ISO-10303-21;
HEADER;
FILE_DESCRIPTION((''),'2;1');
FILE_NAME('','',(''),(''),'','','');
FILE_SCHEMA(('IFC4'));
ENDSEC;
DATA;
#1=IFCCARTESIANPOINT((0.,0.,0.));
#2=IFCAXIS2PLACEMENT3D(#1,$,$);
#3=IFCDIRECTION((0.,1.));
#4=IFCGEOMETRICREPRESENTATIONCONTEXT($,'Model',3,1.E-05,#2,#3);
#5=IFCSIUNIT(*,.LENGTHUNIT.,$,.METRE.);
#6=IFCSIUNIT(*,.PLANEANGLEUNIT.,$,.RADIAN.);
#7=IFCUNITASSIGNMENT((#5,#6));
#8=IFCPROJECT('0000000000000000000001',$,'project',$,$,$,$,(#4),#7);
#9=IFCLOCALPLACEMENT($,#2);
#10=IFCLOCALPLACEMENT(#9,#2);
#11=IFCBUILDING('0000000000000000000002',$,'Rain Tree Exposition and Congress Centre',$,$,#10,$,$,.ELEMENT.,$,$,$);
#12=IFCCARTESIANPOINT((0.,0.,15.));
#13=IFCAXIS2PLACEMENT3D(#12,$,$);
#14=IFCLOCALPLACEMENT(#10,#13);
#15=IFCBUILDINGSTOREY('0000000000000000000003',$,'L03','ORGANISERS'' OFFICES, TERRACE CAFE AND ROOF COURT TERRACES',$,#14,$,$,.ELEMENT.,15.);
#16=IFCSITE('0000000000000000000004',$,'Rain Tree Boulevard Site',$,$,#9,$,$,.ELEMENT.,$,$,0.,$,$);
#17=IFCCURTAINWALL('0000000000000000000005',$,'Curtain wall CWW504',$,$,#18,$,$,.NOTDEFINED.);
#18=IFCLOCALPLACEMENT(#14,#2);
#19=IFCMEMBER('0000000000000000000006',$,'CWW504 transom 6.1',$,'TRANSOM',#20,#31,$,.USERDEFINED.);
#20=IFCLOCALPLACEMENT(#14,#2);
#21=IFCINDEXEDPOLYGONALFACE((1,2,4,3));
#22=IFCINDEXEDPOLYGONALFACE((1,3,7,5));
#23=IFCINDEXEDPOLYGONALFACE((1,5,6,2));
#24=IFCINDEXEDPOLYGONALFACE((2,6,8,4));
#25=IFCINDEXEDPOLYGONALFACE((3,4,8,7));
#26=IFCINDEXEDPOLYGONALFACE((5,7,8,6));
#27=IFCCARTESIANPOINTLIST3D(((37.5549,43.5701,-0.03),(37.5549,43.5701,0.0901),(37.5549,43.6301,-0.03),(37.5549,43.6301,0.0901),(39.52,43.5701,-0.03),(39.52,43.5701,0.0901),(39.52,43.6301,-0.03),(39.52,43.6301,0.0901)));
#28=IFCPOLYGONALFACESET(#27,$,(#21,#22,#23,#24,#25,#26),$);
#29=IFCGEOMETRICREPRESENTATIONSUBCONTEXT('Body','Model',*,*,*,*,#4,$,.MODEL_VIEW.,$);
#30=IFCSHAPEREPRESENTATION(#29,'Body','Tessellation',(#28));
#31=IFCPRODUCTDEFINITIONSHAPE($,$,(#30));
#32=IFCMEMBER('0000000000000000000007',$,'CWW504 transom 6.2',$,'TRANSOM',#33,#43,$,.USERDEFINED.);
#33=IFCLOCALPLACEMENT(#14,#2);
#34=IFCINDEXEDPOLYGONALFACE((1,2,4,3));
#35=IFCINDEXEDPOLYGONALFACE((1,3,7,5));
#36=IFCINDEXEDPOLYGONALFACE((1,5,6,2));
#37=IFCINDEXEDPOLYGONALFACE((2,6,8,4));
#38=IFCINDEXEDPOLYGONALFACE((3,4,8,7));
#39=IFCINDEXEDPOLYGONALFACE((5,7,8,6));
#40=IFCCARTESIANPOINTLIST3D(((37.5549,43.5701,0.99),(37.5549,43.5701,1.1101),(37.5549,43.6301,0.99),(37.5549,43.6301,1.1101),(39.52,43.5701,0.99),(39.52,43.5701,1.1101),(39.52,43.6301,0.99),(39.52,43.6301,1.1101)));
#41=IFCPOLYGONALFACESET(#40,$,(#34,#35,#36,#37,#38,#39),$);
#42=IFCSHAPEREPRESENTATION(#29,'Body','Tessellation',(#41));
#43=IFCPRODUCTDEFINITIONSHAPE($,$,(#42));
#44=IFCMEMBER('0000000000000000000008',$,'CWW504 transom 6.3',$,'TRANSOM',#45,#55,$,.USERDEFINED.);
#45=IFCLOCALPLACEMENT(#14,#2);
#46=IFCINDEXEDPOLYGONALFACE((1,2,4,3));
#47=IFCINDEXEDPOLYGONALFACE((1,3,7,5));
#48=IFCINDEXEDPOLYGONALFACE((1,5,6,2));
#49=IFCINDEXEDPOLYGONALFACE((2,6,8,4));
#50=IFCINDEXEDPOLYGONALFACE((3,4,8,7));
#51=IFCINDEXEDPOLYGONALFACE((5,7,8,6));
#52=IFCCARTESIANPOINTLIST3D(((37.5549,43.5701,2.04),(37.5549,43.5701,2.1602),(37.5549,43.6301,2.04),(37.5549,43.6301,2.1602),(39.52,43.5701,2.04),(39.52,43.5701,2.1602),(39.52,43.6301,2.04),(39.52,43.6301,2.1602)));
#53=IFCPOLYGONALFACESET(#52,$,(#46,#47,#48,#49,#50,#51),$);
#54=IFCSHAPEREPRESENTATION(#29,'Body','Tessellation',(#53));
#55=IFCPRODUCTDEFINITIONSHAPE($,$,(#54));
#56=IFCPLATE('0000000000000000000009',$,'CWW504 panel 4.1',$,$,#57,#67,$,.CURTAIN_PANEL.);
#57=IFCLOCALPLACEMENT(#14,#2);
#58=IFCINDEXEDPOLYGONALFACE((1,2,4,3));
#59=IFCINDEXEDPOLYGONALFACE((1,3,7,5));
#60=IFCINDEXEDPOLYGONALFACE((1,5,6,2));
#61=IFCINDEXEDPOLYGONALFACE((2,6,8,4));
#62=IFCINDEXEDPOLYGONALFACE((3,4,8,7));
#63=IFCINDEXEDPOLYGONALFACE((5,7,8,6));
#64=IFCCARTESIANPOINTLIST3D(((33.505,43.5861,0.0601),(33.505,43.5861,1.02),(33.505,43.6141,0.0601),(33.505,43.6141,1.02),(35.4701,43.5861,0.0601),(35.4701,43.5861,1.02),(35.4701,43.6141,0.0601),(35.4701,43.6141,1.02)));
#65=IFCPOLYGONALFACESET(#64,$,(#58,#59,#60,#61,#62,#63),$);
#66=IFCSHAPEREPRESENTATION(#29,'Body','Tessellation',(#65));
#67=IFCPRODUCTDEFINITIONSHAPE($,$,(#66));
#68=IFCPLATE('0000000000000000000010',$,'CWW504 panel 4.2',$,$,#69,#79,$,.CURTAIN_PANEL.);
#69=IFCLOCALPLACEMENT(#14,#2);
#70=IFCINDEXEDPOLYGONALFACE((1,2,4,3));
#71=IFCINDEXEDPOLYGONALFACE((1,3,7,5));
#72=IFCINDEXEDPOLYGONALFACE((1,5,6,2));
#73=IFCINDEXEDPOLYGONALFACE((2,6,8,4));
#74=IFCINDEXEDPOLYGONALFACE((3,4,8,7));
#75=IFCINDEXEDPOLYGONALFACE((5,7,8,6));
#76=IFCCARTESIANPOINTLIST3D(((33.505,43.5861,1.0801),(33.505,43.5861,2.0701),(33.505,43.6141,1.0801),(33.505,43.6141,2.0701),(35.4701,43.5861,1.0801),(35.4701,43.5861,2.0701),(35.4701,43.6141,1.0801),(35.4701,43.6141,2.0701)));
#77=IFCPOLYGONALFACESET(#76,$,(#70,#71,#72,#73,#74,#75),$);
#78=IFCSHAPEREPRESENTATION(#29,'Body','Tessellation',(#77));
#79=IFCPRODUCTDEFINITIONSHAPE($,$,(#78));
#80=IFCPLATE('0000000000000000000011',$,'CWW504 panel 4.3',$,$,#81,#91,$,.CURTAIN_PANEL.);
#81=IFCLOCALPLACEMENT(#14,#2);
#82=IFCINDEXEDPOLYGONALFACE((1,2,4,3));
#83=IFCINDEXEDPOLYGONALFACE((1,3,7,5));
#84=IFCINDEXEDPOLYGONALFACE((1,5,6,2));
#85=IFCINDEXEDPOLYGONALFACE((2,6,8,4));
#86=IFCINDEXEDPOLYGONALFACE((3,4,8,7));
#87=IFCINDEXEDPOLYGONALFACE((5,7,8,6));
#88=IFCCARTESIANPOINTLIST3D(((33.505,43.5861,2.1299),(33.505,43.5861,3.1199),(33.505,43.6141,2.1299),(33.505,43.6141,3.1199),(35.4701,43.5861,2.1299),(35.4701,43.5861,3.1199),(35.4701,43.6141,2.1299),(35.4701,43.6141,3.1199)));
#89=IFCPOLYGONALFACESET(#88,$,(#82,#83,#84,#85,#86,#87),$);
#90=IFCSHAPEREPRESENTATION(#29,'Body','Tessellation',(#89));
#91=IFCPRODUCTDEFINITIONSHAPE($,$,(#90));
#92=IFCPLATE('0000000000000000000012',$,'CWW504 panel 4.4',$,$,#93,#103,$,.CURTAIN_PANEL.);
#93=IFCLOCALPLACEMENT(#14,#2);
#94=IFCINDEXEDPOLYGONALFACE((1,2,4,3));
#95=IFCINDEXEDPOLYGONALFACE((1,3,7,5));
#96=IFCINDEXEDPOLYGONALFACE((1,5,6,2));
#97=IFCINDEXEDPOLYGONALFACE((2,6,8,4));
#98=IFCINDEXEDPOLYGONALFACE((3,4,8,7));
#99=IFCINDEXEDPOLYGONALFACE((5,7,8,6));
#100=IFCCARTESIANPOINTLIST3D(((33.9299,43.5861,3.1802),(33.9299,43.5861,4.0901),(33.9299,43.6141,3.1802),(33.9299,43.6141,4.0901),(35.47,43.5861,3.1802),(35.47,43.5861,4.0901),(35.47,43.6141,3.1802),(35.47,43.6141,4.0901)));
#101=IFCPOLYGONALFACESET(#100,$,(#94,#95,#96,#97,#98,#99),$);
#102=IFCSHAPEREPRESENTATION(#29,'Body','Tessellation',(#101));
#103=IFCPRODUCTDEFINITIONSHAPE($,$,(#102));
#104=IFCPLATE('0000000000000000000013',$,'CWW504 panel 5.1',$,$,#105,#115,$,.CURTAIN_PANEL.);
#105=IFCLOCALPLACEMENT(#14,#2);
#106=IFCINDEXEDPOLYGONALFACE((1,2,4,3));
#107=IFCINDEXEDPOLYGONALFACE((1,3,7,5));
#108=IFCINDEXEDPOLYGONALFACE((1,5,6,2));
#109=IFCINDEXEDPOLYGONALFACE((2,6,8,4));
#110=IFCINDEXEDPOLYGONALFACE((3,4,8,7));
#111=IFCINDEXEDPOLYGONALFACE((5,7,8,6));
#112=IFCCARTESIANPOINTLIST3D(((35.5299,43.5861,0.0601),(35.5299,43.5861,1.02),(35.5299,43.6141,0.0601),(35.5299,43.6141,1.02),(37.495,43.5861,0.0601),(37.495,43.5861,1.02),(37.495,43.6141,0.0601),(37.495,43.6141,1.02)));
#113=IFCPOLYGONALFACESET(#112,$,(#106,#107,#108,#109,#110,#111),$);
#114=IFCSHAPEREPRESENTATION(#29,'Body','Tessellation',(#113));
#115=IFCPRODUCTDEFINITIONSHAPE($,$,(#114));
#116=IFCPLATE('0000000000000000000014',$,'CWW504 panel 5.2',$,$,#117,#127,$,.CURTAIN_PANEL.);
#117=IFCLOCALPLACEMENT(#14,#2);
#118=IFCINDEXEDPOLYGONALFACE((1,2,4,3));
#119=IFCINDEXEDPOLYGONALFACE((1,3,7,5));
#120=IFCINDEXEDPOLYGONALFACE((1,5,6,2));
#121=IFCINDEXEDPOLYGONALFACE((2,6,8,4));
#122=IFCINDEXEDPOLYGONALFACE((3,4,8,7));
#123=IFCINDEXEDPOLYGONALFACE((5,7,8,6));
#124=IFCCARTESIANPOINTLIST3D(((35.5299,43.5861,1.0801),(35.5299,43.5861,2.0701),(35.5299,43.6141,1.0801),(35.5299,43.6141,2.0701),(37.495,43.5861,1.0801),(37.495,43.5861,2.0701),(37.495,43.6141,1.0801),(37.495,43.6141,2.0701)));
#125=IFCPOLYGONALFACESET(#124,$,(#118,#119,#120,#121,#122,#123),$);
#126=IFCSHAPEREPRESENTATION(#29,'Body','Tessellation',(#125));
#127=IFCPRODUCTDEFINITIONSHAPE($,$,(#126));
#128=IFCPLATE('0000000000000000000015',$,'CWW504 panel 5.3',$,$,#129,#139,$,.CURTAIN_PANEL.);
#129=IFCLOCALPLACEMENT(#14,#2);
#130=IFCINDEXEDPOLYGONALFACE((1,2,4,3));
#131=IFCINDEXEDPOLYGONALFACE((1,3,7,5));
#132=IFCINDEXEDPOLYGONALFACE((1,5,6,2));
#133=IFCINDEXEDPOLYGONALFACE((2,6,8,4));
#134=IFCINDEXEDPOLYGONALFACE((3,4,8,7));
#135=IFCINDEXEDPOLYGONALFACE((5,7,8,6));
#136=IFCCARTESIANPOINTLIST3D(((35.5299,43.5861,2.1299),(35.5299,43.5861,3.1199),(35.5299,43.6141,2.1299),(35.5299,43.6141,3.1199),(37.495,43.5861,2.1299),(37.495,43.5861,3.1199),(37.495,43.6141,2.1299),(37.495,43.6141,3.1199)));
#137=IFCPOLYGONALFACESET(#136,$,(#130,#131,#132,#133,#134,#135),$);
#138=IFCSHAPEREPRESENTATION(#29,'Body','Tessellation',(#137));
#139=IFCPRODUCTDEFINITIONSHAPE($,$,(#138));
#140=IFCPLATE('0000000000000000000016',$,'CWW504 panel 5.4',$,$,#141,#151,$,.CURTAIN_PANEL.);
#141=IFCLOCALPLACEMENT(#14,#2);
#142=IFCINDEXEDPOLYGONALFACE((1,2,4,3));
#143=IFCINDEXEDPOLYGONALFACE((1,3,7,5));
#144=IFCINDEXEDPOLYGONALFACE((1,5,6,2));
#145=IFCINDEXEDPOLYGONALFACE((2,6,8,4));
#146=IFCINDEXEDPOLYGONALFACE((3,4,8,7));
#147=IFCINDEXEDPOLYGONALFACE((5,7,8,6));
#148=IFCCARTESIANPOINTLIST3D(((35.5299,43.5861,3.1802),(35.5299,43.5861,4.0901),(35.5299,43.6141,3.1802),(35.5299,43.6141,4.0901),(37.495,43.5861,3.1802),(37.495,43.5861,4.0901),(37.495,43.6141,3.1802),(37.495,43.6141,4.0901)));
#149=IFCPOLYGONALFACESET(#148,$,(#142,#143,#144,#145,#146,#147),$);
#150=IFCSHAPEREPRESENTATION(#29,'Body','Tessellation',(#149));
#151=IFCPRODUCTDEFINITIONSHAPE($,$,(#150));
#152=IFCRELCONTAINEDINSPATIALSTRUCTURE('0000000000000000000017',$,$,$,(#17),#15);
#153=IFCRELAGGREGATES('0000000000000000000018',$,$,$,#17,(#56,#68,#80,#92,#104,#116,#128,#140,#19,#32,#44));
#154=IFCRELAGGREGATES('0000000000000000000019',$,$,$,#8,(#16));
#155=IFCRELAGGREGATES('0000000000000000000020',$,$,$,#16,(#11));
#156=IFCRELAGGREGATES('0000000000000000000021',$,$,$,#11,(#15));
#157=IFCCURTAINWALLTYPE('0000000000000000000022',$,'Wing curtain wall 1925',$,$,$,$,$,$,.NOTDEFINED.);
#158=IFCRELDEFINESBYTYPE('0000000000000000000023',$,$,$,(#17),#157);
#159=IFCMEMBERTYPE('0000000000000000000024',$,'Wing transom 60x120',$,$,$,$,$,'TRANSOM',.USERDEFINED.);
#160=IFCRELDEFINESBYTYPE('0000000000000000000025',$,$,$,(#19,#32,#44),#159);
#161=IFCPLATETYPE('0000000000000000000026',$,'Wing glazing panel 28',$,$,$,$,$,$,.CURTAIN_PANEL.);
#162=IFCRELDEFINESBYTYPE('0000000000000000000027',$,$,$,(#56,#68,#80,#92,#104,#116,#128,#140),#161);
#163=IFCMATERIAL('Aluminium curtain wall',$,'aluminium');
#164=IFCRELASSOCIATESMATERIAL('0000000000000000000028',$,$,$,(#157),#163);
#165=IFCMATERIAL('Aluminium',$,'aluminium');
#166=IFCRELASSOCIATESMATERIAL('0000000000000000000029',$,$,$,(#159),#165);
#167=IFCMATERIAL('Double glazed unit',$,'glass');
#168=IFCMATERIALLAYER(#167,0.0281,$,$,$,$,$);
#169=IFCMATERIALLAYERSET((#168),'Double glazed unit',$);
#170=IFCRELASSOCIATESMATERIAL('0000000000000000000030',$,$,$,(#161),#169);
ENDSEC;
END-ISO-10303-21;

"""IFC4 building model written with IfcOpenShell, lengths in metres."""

from ifc_helpers import new_model, si_unit, direction, frame, origin, origin_2d, place, context, subcontext, project, spatial, rectangle, extrude, material, layer, layer_set, material_profile, profile_set, type_object, element, aggregate, save


model = new_model("IFC4")

# Units and contexts
model_context = context("Model", 3, precision=1e-05, world=origin(), true_north=direction((0.0, 1.0)))
body_context = subcontext(model_context, "Body", "Model", "MODEL_VIEW")
ifc_project = project(units=[si_unit("LENGTHUNIT", "METRE"), si_unit("PLANEANGLEUNIT", "RADIAN")], contexts=[model_context])

# Site, building, storey
site_placement = place(None, origin())
site = spatial("IfcSite", under=ifc_project, at=site_placement, Name="Rain Tree Boulevard Site", CompositionType="ELEMENT", RefElevation=0.0)
building_placement = place(site_placement, origin())
building = spatial("IfcBuilding", under=site, at=building_placement, Name="Rain Tree Exposition and Congress Centre", CompositionType="ELEMENT")
storey_placement = place(building_placement, frame((0.0, 0.0, 15.0)))
storey = spatial("IfcBuildingStorey", under=building, at=storey_placement, Name="L03", Description="ORGANISERS' OFFICES, TERRACE CAFE AND ROOF COURT TERRACES", CompositionType="ELEMENT", Elevation=15.0)

# Curtain wall, members, plates
ifc_material_1 = material(Name="Aluminium curtain wall", Category="aluminium")
curtain_wall_type = type_object("IfcCurtainWallType", Name="Wing curtain wall 1925", PredefinedType="NOTDEFINED", material=ifc_material_1)
curtain_wall_placement = place(storey_placement, origin())
curtain_wall = element("IfcCurtainWall", 1, at=curtain_wall_placement, inside=storey, type_object=curtain_wall_type, Name="Curtain wall CWW504", PredefinedType="NOTDEFINED")
ifc_material_2 = material(Name="Aluminium", Category="aluminium")
ifc_material_profile_1 = material_profile(ifc_material_2, rectangle(XDim=0.0601, YDim=0.1201, at=origin_2d()), Name="Aluminium 60x120")
ifc_profile_set_1 = profile_set([ifc_material_profile_1], Name="Aluminium")
member_type_1 = type_object("IfcMemberType", Name="Wing transom 60x120", ElementType="TRANSOM", PredefinedType="USERDEFINED", material=ifc_profile_set_1)
member_1_placement = place(storey_placement, frame((37.5549, 43.6001, 0.03), z_axis=(1.0, 0.0, 0.0), x_axis=(0.0, 1.0, 0.0)))
member_1 = element("IfcMember", 2, at=member_1_placement, type_object=member_type_1, Name="CWW504 transom 6.1", ObjectType="TRANSOM", PredefinedType="USERDEFINED", context=body_context, shape_type="SweptSolid", body=[
    extrude(rectangle(XDim=0.0601, YDim=0.1201, at=origin_2d()), origin(), (0.0, 0.0, 1.0), 1.9651),
])
member_2_placement = place(storey_placement, frame((37.5549, 43.6001, 1.05), z_axis=(1.0, 0.0, 0.0), x_axis=(0.0, 1.0, 0.0)))
member_2 = element("IfcMember", 3, at=member_2_placement, type_object=member_type_1, Name="CWW504 transom 6.2", ObjectType="TRANSOM", PredefinedType="USERDEFINED", context=body_context, shape_type="SweptSolid", body=[
    extrude(rectangle(XDim=0.0601, YDim=0.1201, at=origin_2d()), origin(), (0.0, 0.0, 1.0), 1.9651),
])
member_3_placement = place(storey_placement, frame((37.5549, 43.6001, 2.1001), z_axis=(1.0, 0.0, 0.0), x_axis=(0.0, 1.0, 0.0)))
member_3 = element("IfcMember", 4, at=member_3_placement, type_object=member_type_1, Name="CWW504 transom 6.3", ObjectType="TRANSOM", PredefinedType="USERDEFINED", context=body_context, shape_type="SweptSolid", body=[
    extrude(rectangle(XDim=0.0601, YDim=0.1201, at=origin_2d()), origin(), (0.0, 0.0, 1.0), 1.9651),
])
ifc_material_3 = material(Name="Double glazed unit", Category="glass")
ifc_layer = layer(ifc_material_3, 0.0281)
ifc_layer_set = layer_set([ifc_layer], Name="Double glazed unit")
plate_type = type_object("IfcPlateType", Name="Wing glazing panel 28", PredefinedType="CURTAIN_PANEL", material=ifc_layer_set)
plate_1_placement = place(storey_placement, frame((34.4875, 43.6001, 0.0601), z_axis=(0.0, 0.0, 1.0), x_axis=(1.0, 0.0, 0.0)))
plate_1 = element("IfcPlate", 5, at=plate_1_placement, type_object=plate_type, Name="CWW504 panel 4.1", PredefinedType="CURTAIN_PANEL", context=body_context, shape_type="SweptSolid", body=[
    extrude(rectangle(XDim=1.9651, YDim=0.0281, at=origin_2d()), origin(), (0.0, 0.0, 1.0), 0.96),
])
plate_2_placement = place(storey_placement, frame((34.4875, 43.6001, 1.0801), z_axis=(0.0, 0.0, 1.0), x_axis=(1.0, 0.0, 0.0)))
plate_2 = element("IfcPlate", 6, at=plate_2_placement, type_object=plate_type, Name="CWW504 panel 4.2", PredefinedType="CURTAIN_PANEL", context=body_context, shape_type="SweptSolid", body=[
    extrude(rectangle(XDim=1.9651, YDim=0.0281, at=origin_2d()), origin(), (0.0, 0.0, 1.0), 0.99),
])
plate_3_placement = place(storey_placement, frame((34.4875, 43.6001, 2.1299), z_axis=(0.0, 0.0, 1.0), x_axis=(1.0, 0.0, 0.0)))
plate_3 = element("IfcPlate", 7, at=plate_3_placement, type_object=plate_type, Name="CWW504 panel 4.3", PredefinedType="CURTAIN_PANEL", context=body_context, shape_type="SweptSolid", body=[
    extrude(rectangle(XDim=1.9651, YDim=0.0281, at=origin_2d()), origin(), (0.0, 0.0, 1.0), 0.99),
])
plate_4_placement = place(storey_placement, frame((34.7, 43.6001, 3.1802), z_axis=(0.0, 0.0, 1.0), x_axis=(1.0, 0.0, 0.0)))
plate_4 = element("IfcPlate", 8, at=plate_4_placement, type_object=plate_type, Name="CWW504 panel 4.4", PredefinedType="CURTAIN_PANEL", context=body_context, shape_type="SweptSolid", body=[
    extrude(rectangle(XDim=1.54, YDim=0.0281, at=origin_2d()), origin(), (0.0, 0.0, 1.0), 0.9099),
])
plate_5_placement = place(storey_placement, frame((36.5125, 43.6001, 0.0601), z_axis=(0.0, 0.0, 1.0), x_axis=(1.0, 0.0, 0.0)))
plate_5 = element("IfcPlate", 9, at=plate_5_placement, type_object=plate_type, Name="CWW504 panel 5.1", PredefinedType="CURTAIN_PANEL", context=body_context, shape_type="SweptSolid", body=[
    extrude(rectangle(XDim=1.9651, YDim=0.0281, at=origin_2d()), origin(), (0.0, 0.0, 1.0), 0.96),
])
plate_6_placement = place(storey_placement, frame((36.5125, 43.6001, 1.0801), z_axis=(0.0, 0.0, 1.0), x_axis=(1.0, 0.0, 0.0)))
plate_6 = element("IfcPlate", 10, at=plate_6_placement, type_object=plate_type, Name="CWW504 panel 5.2", PredefinedType="CURTAIN_PANEL", context=body_context, shape_type="SweptSolid", body=[
    extrude(rectangle(XDim=1.9651, YDim=0.0281, at=origin_2d()), origin(), (0.0, 0.0, 1.0), 0.99),
])
plate_7_placement = place(storey_placement, frame((36.5125, 43.6001, 2.1299), z_axis=(0.0, 0.0, 1.0), x_axis=(1.0, 0.0, 0.0)))
plate_7 = element("IfcPlate", 11, at=plate_7_placement, type_object=plate_type, Name="CWW504 panel 5.3", PredefinedType="CURTAIN_PANEL", context=body_context, shape_type="SweptSolid", body=[
    extrude(rectangle(XDim=1.9651, YDim=0.0281, at=origin_2d()), origin(), (0.0, 0.0, 1.0), 0.99),
])
plate_8_placement = place(storey_placement, frame((36.5125, 43.6001, 3.1802), z_axis=(0.0, 0.0, 1.0), x_axis=(1.0, 0.0, 0.0)))
plate_8 = element("IfcPlate", 12, at=plate_8_placement, type_object=plate_type, Name="CWW504 panel 5.4", PredefinedType="CURTAIN_PANEL", context=body_context, shape_type="SweptSolid", body=[
    extrude(rectangle(XDim=1.9651, YDim=0.0281, at=origin_2d()), origin(), (0.0, 0.0, 1.0), 0.9099),
])
aggregate(curtain_wall, [plate_1, plate_2, plate_3, plate_4, plate_5, plate_6, plate_7, plate_8, member_1, member_2, member_3])

save(model, "model.ifc")
